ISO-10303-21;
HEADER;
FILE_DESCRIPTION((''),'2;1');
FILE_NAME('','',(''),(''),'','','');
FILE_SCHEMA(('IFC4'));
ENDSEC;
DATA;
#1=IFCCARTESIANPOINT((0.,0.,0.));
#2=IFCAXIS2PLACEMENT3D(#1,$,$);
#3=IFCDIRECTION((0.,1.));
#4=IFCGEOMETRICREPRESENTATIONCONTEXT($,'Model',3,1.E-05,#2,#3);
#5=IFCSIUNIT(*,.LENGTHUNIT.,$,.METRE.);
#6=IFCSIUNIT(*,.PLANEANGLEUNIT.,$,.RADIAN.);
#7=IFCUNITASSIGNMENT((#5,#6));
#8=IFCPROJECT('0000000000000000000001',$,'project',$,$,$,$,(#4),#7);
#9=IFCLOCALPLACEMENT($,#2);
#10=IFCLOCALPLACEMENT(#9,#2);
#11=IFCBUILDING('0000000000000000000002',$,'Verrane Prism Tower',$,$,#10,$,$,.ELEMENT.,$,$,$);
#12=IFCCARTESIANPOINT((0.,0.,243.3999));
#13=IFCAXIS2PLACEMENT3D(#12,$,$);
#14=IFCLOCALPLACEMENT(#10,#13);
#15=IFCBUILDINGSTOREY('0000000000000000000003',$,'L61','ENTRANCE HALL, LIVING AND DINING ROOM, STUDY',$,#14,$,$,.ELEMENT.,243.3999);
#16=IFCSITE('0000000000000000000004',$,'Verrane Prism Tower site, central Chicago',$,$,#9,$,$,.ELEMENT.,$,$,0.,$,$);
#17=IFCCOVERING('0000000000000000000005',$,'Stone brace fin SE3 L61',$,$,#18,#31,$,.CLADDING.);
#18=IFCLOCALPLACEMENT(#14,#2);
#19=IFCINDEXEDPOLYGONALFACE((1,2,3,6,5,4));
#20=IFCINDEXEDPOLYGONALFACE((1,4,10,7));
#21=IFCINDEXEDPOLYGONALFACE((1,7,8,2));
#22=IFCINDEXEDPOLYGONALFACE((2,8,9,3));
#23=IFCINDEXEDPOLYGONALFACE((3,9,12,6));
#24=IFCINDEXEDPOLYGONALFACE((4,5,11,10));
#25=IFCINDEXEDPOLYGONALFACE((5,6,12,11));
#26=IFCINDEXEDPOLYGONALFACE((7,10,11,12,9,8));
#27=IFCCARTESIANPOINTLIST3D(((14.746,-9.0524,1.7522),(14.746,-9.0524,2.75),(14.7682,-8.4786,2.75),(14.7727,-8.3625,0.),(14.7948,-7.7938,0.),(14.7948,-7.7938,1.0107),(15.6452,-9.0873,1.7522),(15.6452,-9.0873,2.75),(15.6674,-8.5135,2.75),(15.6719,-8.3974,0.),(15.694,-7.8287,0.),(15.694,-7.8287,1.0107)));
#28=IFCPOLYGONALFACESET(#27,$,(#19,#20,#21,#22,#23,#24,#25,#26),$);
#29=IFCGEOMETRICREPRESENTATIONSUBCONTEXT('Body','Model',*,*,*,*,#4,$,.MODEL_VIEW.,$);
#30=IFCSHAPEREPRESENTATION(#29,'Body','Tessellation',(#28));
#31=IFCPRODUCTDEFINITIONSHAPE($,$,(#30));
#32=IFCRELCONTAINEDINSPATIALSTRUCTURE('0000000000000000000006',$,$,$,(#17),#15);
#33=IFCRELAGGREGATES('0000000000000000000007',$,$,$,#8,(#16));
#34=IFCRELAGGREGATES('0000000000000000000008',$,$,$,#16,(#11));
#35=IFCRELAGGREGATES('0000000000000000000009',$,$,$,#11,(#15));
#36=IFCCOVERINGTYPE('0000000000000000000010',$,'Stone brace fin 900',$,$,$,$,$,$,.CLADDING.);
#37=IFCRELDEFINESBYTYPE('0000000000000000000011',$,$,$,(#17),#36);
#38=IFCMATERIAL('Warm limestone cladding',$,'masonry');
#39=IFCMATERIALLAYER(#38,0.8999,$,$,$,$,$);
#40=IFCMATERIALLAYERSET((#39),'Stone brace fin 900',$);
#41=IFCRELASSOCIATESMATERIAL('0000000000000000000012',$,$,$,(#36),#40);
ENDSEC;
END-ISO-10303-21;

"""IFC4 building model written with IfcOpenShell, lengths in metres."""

from ifc_helpers import new_model, si_unit, direction, frame, origin, place, context, subcontext, project, spatial, polyline, outline, extrude, material, layer, layer_set, type_object, element, save


model = new_model("IFC4")

# Units and contexts
model_context = context("Model", 3, precision=1e-05, world=origin(), true_north=direction((0.0, 1.0)))
body_context = subcontext(model_context, "Body", "Model", "MODEL_VIEW")
ifc_project = project(units=[si_unit("LENGTHUNIT", "METRE"), si_unit("PLANEANGLEUNIT", "RADIAN")], contexts=[model_context])

# Site, building, storey
site_placement = place(None, origin())
site = spatial("IfcSite", under=ifc_project, at=site_placement, Name="Verrane Prism Tower site, central Chicago", CompositionType="ELEMENT", RefElevation=0.0)
building_placement = place(site_placement, origin())
building = spatial("IfcBuilding", under=site, at=building_placement, Name="Verrane Prism Tower", CompositionType="ELEMENT")
storey_placement = place(building_placement, frame((0.0, 0.0, 243.3999)))
storey = spatial("IfcBuildingStorey", under=building, at=storey_placement, Name="L61", Description="ENTRANCE HALL, LIVING AND DINING ROOM, STUDY", CompositionType="ELEMENT", Elevation=243.3999)

# Covering
ifc_material_1 = material(Name="Warm limestone cladding", Category="masonry")
ifc_layer_1 = layer(ifc_material_1, 0.8999)
ifc_layer_set_1 = layer_set([ifc_layer_1], Name="Stone brace fin 900")
covering_type = type_object("IfcCoveringType", Name="Stone brace fin 900", PredefinedType="CLADDING", material=ifc_layer_set_1)
covering_placement = place(storey_placement, frame((15.2444, -7.8113, 0.0), z_axis=(0.0, 0.0, 1.0), x_axis=(-0.038761, -0.999249, 0.0)))
element("IfcCovering", 1, at=covering_placement, inside=storey, type_object=covering_type, Name="Stone brace fin SE3 L61", PredefinedType="CLADDING", context=body_context, shape_type="SweptSolid", body=[
    extrude(outline(polyline([(1.2595, 2.75), (0.6853, 2.75), (0.0, 1.0107), (0.0, 0.0), (0.5691, 0.0), (1.2595, 1.7522), (1.2595, 2.75)])), frame((0.0, 0.45, 0.0), z_axis=(0.0, -1.0, 0.0), x_axis=(1.0, 0.0, 0.0)), (0.0, 0.0, 1.0), 0.8999),
])

save(model, "model.ifc")
